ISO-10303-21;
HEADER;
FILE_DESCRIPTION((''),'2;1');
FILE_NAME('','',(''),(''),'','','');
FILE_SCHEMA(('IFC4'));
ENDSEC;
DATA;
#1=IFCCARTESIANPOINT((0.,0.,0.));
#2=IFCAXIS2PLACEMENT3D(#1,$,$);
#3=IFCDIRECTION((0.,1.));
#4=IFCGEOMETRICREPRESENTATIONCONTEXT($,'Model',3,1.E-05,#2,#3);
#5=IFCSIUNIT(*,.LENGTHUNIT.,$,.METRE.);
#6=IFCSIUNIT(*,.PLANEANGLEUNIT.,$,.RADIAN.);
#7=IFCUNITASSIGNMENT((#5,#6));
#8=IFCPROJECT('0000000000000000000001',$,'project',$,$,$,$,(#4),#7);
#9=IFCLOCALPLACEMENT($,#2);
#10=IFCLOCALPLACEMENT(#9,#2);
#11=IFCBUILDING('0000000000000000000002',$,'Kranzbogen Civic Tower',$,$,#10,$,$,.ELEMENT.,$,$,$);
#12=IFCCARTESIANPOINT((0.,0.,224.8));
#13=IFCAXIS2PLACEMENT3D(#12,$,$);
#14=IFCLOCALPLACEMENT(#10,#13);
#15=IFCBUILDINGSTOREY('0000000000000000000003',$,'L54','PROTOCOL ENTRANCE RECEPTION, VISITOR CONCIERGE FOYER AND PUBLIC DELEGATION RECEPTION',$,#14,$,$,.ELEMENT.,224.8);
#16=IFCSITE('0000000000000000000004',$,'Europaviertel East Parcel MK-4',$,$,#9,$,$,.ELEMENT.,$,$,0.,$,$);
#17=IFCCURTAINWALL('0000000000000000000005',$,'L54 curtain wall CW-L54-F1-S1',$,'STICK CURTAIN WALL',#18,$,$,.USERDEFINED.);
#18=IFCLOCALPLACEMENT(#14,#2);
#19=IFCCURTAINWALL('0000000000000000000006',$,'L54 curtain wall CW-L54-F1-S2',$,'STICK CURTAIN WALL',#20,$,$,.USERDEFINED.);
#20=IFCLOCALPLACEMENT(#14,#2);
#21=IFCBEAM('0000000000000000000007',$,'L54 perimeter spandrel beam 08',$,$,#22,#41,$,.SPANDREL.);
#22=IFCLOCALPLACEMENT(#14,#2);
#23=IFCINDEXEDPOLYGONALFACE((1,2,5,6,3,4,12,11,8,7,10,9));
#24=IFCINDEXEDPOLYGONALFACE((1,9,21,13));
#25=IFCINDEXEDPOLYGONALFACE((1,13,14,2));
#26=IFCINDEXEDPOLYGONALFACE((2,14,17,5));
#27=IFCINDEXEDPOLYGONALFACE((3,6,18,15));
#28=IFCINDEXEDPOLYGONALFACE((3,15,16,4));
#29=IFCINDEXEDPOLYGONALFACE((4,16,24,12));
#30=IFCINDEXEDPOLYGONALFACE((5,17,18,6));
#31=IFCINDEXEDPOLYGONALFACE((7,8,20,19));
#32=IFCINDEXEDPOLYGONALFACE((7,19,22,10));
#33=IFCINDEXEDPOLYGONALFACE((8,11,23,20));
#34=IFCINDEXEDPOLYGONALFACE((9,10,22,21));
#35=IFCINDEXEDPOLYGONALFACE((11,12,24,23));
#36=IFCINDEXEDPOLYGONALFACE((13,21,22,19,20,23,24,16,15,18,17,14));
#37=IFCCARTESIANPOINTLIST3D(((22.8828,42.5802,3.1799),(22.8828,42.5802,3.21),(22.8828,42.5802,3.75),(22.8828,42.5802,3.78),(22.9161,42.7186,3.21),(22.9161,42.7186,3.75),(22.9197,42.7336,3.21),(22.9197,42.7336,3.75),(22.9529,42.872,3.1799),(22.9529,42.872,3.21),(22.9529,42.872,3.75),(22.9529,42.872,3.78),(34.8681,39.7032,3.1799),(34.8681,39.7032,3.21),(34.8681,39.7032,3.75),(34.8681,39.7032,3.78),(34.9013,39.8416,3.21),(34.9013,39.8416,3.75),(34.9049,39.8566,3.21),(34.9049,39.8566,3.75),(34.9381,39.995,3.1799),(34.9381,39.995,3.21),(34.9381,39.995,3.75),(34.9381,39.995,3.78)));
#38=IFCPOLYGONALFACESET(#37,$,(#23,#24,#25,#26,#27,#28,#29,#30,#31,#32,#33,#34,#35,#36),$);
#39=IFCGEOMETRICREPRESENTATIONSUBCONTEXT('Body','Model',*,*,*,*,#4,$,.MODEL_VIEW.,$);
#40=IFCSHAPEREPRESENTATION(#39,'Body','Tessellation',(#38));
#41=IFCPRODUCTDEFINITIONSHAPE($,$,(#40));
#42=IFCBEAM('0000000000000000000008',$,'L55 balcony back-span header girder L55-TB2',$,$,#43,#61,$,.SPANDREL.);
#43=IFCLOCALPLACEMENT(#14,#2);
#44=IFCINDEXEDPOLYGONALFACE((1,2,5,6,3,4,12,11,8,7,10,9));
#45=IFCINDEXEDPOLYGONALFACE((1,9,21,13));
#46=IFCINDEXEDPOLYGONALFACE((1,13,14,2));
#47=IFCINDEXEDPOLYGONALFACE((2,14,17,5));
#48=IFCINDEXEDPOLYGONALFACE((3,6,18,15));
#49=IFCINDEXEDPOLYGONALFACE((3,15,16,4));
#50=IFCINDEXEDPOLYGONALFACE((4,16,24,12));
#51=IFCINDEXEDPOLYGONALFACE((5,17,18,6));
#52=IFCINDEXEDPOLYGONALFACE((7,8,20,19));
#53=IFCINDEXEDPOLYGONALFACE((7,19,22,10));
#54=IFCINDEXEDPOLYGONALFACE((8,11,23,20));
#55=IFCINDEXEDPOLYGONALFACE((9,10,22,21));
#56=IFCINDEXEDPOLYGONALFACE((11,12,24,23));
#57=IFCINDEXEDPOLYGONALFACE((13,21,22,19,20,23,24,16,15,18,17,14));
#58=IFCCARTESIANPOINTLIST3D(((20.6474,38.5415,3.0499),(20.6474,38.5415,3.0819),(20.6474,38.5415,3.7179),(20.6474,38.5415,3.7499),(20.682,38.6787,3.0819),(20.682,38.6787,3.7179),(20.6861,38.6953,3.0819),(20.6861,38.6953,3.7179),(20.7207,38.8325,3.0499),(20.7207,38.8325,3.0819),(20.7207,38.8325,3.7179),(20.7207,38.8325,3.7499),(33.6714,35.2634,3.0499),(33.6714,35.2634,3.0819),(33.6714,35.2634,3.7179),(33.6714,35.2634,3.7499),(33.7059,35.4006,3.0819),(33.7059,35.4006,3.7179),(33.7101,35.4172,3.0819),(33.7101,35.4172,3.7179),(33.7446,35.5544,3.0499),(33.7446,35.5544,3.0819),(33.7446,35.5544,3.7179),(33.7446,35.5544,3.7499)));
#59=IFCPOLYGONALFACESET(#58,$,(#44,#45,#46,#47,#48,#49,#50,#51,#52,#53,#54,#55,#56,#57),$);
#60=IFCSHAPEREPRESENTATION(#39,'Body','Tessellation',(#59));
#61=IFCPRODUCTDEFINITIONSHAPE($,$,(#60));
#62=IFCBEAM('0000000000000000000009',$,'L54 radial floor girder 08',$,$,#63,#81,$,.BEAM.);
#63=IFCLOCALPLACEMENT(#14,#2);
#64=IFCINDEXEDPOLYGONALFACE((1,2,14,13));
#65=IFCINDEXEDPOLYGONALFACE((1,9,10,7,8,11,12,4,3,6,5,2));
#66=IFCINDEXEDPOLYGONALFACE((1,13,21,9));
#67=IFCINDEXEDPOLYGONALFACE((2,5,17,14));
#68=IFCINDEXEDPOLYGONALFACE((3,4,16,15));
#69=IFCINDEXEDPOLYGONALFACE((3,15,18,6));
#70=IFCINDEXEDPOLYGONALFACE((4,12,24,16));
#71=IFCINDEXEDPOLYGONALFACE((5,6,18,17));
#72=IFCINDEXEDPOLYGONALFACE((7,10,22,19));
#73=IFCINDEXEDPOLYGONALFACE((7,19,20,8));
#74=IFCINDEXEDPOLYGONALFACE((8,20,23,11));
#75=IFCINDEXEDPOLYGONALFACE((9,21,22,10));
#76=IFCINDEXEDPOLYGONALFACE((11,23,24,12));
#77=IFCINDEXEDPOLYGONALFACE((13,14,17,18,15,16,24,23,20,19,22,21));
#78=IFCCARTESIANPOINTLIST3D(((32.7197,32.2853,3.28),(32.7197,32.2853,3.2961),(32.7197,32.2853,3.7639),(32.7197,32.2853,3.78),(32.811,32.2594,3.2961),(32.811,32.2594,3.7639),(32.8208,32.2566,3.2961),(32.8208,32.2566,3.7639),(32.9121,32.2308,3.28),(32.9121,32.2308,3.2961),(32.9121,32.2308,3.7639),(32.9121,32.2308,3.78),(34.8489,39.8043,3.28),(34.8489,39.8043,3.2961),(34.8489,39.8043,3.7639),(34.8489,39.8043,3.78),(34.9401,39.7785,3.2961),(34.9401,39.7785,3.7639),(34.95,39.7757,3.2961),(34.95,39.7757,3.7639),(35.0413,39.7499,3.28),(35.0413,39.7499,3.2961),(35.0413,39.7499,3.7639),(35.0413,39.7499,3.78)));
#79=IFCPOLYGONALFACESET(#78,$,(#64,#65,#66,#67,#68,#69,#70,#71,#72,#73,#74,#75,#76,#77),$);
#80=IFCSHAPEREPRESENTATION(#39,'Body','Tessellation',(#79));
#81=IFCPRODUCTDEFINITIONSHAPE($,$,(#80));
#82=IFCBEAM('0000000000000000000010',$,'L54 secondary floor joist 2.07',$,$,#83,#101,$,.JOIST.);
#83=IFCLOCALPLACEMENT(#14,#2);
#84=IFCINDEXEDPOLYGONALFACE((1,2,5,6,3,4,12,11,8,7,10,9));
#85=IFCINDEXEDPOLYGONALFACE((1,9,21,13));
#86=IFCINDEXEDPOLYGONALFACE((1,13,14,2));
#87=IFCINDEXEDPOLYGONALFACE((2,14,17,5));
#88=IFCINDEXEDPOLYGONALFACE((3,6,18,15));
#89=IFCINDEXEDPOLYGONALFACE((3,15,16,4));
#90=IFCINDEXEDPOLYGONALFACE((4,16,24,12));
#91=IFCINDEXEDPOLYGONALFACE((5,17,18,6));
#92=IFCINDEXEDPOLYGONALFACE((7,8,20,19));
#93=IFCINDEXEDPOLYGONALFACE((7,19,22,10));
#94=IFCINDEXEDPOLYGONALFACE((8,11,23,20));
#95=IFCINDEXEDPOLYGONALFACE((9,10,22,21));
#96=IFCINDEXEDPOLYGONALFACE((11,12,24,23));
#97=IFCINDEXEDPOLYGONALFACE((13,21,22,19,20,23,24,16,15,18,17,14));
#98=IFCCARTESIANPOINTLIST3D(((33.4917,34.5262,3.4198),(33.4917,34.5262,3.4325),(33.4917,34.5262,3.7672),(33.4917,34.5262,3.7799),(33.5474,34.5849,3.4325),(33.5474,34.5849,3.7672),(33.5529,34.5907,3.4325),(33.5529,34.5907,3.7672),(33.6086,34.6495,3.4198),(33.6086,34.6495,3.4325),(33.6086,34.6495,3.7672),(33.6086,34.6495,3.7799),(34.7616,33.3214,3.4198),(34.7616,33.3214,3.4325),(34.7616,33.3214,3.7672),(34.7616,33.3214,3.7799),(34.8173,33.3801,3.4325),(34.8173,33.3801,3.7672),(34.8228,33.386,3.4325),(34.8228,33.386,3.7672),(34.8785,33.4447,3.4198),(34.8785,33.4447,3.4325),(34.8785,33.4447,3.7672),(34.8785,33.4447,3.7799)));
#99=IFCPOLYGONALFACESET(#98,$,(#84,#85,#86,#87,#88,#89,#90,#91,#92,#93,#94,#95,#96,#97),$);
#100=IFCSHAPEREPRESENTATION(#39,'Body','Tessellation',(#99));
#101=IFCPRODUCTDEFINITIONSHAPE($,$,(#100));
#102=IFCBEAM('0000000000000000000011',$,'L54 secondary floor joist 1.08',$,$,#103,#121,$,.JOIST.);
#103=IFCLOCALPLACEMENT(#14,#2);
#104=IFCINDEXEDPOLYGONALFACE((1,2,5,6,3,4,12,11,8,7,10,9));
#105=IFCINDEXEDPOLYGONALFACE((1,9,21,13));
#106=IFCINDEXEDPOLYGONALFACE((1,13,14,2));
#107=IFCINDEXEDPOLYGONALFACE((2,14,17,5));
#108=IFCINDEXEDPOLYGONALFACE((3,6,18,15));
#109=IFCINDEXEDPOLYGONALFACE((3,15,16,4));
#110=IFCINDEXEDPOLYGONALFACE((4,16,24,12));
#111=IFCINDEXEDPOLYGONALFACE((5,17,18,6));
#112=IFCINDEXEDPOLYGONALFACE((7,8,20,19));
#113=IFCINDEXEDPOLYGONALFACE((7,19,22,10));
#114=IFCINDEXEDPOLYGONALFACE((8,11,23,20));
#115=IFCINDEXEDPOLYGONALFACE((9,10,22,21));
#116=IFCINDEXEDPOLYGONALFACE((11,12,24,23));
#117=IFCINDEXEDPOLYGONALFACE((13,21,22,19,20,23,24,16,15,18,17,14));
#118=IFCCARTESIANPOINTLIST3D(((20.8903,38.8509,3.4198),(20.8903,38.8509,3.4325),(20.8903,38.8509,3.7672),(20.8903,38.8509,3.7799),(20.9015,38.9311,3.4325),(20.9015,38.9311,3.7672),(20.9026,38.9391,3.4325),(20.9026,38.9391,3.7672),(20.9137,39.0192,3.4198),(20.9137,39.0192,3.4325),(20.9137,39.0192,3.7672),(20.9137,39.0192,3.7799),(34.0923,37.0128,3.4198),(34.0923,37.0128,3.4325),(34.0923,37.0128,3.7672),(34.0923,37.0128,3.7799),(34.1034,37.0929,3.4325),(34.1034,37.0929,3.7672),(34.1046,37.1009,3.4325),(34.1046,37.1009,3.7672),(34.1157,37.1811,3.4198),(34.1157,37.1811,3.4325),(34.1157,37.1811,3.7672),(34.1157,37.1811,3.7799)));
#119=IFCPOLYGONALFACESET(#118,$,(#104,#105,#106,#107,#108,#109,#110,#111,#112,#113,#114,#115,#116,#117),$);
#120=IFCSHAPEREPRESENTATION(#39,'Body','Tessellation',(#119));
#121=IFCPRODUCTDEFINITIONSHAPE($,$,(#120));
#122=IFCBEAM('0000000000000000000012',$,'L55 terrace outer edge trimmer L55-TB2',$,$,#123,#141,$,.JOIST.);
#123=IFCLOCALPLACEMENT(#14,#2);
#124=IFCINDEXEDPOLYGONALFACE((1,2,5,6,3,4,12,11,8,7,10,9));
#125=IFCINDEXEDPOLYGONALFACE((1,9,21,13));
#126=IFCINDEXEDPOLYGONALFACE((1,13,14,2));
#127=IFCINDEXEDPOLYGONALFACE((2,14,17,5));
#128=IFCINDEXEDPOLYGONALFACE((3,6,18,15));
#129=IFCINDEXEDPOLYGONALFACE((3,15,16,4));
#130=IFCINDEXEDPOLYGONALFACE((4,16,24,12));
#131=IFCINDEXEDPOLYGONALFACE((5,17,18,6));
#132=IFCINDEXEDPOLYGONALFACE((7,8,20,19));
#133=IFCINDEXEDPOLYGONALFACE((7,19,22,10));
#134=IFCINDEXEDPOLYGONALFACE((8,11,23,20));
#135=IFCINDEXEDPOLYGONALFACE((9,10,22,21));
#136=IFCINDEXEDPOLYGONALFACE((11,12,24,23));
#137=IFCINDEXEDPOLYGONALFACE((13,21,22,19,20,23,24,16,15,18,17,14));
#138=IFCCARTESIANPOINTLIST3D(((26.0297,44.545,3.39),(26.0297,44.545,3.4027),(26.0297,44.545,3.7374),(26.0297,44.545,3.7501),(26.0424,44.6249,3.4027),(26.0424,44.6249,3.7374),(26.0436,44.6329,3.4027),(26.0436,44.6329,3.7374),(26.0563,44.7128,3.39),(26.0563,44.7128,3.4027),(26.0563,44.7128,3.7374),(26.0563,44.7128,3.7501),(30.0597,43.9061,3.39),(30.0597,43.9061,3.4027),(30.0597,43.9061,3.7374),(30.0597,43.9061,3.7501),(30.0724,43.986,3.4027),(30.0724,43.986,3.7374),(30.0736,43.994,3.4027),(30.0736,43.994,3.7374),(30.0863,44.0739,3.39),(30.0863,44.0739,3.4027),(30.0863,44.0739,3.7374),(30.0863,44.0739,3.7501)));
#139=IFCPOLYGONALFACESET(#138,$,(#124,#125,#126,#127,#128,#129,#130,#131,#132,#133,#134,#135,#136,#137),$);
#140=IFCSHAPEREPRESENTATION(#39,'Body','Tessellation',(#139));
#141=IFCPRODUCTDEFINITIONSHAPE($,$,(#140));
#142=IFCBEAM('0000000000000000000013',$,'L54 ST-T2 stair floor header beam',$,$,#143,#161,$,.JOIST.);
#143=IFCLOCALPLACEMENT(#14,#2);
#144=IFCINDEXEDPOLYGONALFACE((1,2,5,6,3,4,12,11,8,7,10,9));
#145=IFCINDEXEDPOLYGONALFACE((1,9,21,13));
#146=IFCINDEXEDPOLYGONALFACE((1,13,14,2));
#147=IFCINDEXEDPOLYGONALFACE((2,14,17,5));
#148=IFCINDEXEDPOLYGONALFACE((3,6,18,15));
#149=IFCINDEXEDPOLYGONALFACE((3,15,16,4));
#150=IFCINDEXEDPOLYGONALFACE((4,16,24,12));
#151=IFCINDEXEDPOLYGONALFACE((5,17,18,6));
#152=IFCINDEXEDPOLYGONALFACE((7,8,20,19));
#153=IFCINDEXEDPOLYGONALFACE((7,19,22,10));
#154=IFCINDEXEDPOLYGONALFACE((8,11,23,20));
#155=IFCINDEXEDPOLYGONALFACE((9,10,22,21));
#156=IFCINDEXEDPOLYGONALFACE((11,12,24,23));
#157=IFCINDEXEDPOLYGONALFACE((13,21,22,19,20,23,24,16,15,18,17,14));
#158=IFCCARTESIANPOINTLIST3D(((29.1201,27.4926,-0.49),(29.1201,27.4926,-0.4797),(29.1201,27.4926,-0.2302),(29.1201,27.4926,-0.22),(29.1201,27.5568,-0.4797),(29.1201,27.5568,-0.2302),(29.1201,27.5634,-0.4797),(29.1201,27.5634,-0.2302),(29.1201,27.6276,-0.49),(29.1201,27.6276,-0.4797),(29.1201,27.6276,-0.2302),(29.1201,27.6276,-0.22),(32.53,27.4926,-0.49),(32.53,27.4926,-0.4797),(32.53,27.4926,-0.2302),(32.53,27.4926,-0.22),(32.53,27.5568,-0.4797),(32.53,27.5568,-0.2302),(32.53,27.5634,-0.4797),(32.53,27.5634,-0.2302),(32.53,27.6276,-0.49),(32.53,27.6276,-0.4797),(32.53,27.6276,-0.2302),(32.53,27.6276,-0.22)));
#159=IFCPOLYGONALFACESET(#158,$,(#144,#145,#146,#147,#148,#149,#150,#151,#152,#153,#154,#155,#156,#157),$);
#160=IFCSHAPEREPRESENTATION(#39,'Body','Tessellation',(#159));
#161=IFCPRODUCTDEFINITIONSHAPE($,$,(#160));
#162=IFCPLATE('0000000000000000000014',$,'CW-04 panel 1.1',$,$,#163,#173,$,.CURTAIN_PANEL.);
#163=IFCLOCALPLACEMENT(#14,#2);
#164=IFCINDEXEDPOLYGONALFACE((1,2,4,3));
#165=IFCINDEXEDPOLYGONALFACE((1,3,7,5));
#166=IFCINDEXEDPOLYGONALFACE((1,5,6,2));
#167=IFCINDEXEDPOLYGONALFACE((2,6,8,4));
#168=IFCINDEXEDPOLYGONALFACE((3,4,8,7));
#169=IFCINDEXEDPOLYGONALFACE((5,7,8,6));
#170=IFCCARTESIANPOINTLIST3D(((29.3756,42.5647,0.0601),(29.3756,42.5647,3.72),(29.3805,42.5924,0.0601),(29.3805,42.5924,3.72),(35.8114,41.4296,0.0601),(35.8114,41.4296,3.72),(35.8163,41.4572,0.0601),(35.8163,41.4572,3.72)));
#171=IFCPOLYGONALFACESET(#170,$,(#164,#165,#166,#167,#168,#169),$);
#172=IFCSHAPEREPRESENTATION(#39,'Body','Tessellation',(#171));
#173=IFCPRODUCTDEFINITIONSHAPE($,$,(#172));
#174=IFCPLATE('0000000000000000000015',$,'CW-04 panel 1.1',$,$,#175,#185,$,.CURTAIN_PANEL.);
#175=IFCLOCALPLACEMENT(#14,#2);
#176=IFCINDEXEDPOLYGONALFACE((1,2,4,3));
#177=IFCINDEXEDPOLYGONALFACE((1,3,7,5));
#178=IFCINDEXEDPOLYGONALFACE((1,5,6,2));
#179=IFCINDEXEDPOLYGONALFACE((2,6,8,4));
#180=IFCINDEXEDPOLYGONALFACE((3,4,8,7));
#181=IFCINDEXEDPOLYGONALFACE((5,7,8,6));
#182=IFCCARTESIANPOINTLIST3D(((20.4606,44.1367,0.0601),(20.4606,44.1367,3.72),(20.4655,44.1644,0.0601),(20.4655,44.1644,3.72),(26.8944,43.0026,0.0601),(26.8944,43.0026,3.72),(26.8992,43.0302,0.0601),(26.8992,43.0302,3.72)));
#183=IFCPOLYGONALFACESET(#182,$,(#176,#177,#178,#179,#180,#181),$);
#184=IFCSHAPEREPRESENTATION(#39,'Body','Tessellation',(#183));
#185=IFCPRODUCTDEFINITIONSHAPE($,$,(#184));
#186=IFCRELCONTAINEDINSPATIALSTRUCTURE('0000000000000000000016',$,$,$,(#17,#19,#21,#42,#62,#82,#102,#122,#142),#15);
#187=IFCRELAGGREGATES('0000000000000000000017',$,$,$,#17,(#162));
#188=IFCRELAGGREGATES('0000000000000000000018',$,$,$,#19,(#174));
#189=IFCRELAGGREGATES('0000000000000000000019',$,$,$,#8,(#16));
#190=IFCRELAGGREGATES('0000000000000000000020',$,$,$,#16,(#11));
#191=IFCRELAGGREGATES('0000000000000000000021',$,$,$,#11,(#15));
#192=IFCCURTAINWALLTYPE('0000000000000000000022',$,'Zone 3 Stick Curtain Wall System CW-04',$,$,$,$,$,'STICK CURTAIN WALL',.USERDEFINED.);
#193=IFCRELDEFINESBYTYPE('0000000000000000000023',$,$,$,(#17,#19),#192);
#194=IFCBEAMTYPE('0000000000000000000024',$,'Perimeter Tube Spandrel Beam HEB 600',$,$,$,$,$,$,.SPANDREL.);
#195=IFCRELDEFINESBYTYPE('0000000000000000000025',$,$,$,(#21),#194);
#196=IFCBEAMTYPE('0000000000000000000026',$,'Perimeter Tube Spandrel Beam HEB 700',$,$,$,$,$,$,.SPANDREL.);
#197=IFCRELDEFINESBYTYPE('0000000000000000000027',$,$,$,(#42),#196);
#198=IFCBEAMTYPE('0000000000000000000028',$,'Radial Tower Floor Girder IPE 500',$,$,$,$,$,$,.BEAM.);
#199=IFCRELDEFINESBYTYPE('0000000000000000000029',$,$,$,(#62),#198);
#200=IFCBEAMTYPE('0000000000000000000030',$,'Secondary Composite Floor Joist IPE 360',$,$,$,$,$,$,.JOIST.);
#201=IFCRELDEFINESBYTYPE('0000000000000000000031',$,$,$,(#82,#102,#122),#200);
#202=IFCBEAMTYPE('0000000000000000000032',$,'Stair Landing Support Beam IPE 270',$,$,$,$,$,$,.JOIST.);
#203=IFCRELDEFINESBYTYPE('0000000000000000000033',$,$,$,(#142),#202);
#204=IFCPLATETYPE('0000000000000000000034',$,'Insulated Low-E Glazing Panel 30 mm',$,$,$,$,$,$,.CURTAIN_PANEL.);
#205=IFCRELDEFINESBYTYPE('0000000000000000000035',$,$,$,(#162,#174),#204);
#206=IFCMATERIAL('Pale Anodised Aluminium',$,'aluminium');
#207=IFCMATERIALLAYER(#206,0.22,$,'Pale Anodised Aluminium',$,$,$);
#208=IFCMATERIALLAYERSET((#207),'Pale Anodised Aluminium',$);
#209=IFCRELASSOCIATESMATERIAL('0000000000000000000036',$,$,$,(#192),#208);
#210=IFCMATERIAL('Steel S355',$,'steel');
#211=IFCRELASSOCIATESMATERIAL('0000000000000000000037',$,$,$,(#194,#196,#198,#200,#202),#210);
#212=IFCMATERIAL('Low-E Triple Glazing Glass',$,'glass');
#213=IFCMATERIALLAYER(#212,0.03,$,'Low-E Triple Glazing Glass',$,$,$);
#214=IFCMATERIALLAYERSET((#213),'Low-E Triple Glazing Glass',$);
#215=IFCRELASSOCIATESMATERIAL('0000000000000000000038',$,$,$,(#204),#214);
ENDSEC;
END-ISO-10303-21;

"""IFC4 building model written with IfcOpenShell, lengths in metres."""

from ifc_helpers import new_model, si_unit, direction, frame, origin, origin_2d, place, context, subcontext, project, spatial, rectangle, i_section, extrude, material, layer, layer_set, material_profile, profile_set, type_object, element, aggregate, save


model = new_model("IFC4")

# Units and contexts
model_context = context("Model", 3, precision=1e-05, world=origin(), true_north=direction((0.0, 1.0)))
body_context = subcontext(model_context, "Body", "Model", "MODEL_VIEW")
ifc_project = project(units=[si_unit("LENGTHUNIT", "METRE"), si_unit("PLANEANGLEUNIT", "RADIAN")], contexts=[model_context])

# Site, building, storey
site_placement = place(None, origin())
site = spatial("IfcSite", under=ifc_project, at=site_placement, Name="Europaviertel East Parcel MK-4", CompositionType="ELEMENT", RefElevation=0.0)
building_placement = place(site_placement, origin())
building = spatial("IfcBuilding", under=site, at=building_placement, Name="Kranzbogen Civic Tower", CompositionType="ELEMENT")
storey_placement = place(building_placement, frame((0.0, 0.0, 224.8)))
storey = spatial("IfcBuildingStorey", under=building, at=storey_placement, Name="L54", Description="PROTOCOL ENTRANCE RECEPTION, VISITOR CONCIERGE FOYER AND PUBLIC DELEGATION RECEPTION", CompositionType="ELEMENT", Elevation=224.8)

# Shared definitions
ifc_material_1 = material(Name="Steel S355", Category="steel")

# Curtain wall
ifc_material_2 = material(Name="Pale Anodised Aluminium", Category="aluminium")
ifc_layer_1 = layer(ifc_material_2, 0.22, Name="Pale Anodised Aluminium")
ifc_layer_set_1 = layer_set([ifc_layer_1], Name="Pale Anodised Aluminium")
curtain_wall_type = type_object("IfcCurtainWallType", Name="Zone 3 Stick Curtain Wall System CW-04", ElementType="STICK CURTAIN WALL", PredefinedType="USERDEFINED", material=ifc_layer_set_1)
curtain_wall_1_placement = place(storey_placement, origin())
curtain_wall_1 = element("IfcCurtainWall", 1, at=curtain_wall_1_placement, inside=storey, type_object=curtain_wall_type, Name="L54 curtain wall CW-L54-F1-S1", ObjectType="STICK CURTAIN WALL", PredefinedType="USERDEFINED")

# Curtain wall
curtain_wall_2_placement = place(storey_placement, origin())
curtain_wall_2 = element("IfcCurtainWall", 2, at=curtain_wall_2_placement, inside=storey, type_object=curtain_wall_type, Name="L54 curtain wall CW-L54-F1-S2", ObjectType="STICK CURTAIN WALL", PredefinedType="USERDEFINED")

# Beams
ifc_material_profile_1 = material_profile(ifc_material_1, i_section(OverallWidth=0.3, OverallDepth=0.6001, WebThickness=0.0154, FlangeThickness=0.03, at=origin_2d()), Name="HEB 600")
ifc_profile_set_1 = profile_set([ifc_material_profile_1], Name="Steel S355")
beam_type_1 = type_object("IfcBeamType", Name="Perimeter Tube Spandrel Beam HEB 600", PredefinedType="SPANDREL", material=ifc_profile_set_1)
beam_1_placement = place(storey_placement, frame((34.9031, 39.8491, 3.48), z_axis=(-0.972378, 0.233413, 0.0), x_axis=(-0.233413, -0.972378, 0.0)))
element("IfcBeam", 3, at=beam_1_placement, inside=storey, type_object=beam_type_1, Name="L54 perimeter spandrel beam 08", PredefinedType="SPANDREL", context=body_context, shape_type="SweptSolid", body=[
    extrude(i_section(OverallWidth=0.3, OverallDepth=0.6001, WebThickness=0.0154, FlangeThickness=0.03, at=origin_2d()), origin(), (0.0, 0.0, 1.0), 12.3257),
])
ifc_material_profile_2 = material_profile(ifc_material_1, i_section(OverallWidth=0.3, OverallDepth=0.7, WebThickness=0.0171, FlangeThickness=0.032, at=origin_2d()), Name="HEB 700")
ifc_profile_set_2 = profile_set([ifc_material_profile_2], Name="Steel S355")
beam_type_2 = type_object("IfcBeamType", Name="Perimeter Tube Spandrel Beam HEB 700", PredefinedType="SPANDREL", material=ifc_profile_set_2)
beam_2_placement = place(storey_placement, frame((33.708, 35.4089, 3.3999), z_axis=(-0.969754, 0.244084, 0.0), x_axis=(-0.244084, -0.969754, 0.0)))
element("IfcBeam", 4, at=beam_2_placement, inside=storey, type_object=beam_type_2, Name="L55 balcony back-span header girder L55-TB2", PredefinedType="SPANDREL", context=body_context, shape_type="SweptSolid", body=[
    extrude(i_section(OverallWidth=0.3, OverallDepth=0.7, WebThickness=0.0171, FlangeThickness=0.032, at=origin_2d()), origin(), (0.0, 0.0, 1.0), 13.4302),
])
ifc_material_profile_3 = material_profile(ifc_material_1, i_section(OverallWidth=0.2, OverallDepth=0.5, WebThickness=0.0103, FlangeThickness=0.0161, at=origin_2d()), Name="IPE 500")
ifc_profile_set_3 = profile_set([ifc_material_profile_3], Name="Steel S355")
beam_type_3 = type_object("IfcBeamType", Name="Radial Tower Floor Girder IPE 500", PredefinedType="BEAM", material=ifc_profile_set_3)
beam_3_placement = place(storey_placement, frame((34.9451, 39.7771, 3.53), z_axis=(-0.272455, -0.962169, 0.0), x_axis=(0.962169, -0.272455, 0.0)))
element("IfcBeam", 5, at=beam_3_placement, inside=storey, type_object=beam_type_3, Name="L54 radial floor girder 08", PredefinedType="BEAM", context=body_context, shape_type="SweptSolid", body=[
    extrude(i_section(OverallWidth=0.2, OverallDepth=0.5, WebThickness=0.0103, FlangeThickness=0.0161, at=origin_2d()), origin(), (0.0, 0.0, 1.0), 7.8147),
])
ifc_material_profile_4 = material_profile(ifc_material_1, i_section(OverallWidth=0.1699, OverallDepth=0.3601, WebThickness=0.0081, FlangeThickness=0.0127, at=origin_2d()), Name="IPE 360")
ifc_profile_set_4 = profile_set([ifc_material_profile_4], Name="Steel S355")
beam_type_4 = type_object("IfcBeamType", Name="Secondary Composite Floor Joist IPE 360", PredefinedType="JOIST", material=ifc_profile_set_4)
beam_4_placement = place(storey_placement, frame((34.8201, 33.3831, 3.5999), z_axis=(-0.72548, 0.688243, 0.0), x_axis=(-0.688243, -0.72548, 0.0)))
element("IfcBeam", 6, at=beam_4_placement, inside=storey, type_object=beam_type_4, Name="L54 secondary floor joist 2.07", PredefinedType="JOIST", context=body_context, shape_type="SweptSolid", body=[
    extrude(i_section(OverallWidth=0.1699, OverallDepth=0.3601, WebThickness=0.0081, FlangeThickness=0.0127, at=origin_2d()), origin(), (0.0, 0.0, 1.0), 1.7505),
])
beam_5_placement = place(storey_placement, frame((34.104, 37.0969, 3.5999), z_axis=(-0.990446, 0.137902, 0.0), x_axis=(-0.137902, -0.990446, 0.0)))
element("IfcBeam", 7, at=beam_5_placement, inside=storey, type_object=beam_type_4, Name="L54 secondary floor joist 1.08", PredefinedType="JOIST", context=body_context, shape_type="SweptSolid", body=[
    extrude(i_section(OverallWidth=0.1699, OverallDepth=0.3601, WebThickness=0.0081, FlangeThickness=0.0127, at=origin_2d()), origin(), (0.0, 0.0, 1.0), 13.3293),
])
beam_6_placement = place(storey_placement, frame((30.073, 43.99, 3.5701), z_axis=(-0.987665, 0.156583, 0.0), x_axis=(-0.156583, -0.987665, 0.0)))
element("IfcBeam", 8, at=beam_6_placement, inside=storey, type_object=beam_type_4, Name="L55 terrace outer edge trimmer L55-TB2", PredefinedType="JOIST", context=body_context, shape_type="SweptSolid", body=[
    extrude(i_section(OverallWidth=0.1699, OverallDepth=0.3601, WebThickness=0.0081, FlangeThickness=0.0127, at=origin_2d()), origin(), (0.0, 0.0, 1.0), 4.0803),
])
ifc_material_profile_5 = material_profile(ifc_material_1, i_section(OverallWidth=0.135, OverallDepth=0.27, WebThickness=0.0066, FlangeThickness=0.0103, at=origin_2d()), Name="IPE 270")
ifc_profile_set_5 = profile_set([ifc_material_profile_5], Name="Steel S355")
beam_type_5 = type_object("IfcBeamType", Name="Stair Landing Support Beam IPE 270", PredefinedType="JOIST", material=ifc_profile_set_5)
beam_7_placement = place(storey_placement, frame((29.1201, 27.5601, -0.355), z_axis=(1.0, 0.0, 0.0), x_axis=(0.0, 1.0, 0.0)))
element("IfcBeam", 9, at=beam_7_placement, inside=storey, type_object=beam_type_5, Name="L54 ST-T2 stair floor header beam", PredefinedType="JOIST", context=body_context, shape_type="SweptSolid", body=[
    extrude(i_section(OverallWidth=0.135, OverallDepth=0.27, WebThickness=0.0066, FlangeThickness=0.0103, at=origin_2d()), origin(), (0.0, 0.0, 1.0), 3.4099),
])

# Plates
ifc_material_3 = material(Name="Low-E Triple Glazing Glass", Category="glass")
ifc_layer_2 = layer(ifc_material_3, 0.03, Name="Low-E Triple Glazing Glass")
ifc_layer_set_2 = layer_set([ifc_layer_2], Name="Low-E Triple Glazing Glass")
plate_type = type_object("IfcPlateType", Name="Insulated Low-E Glazing Panel 30 mm", PredefinedType="CURTAIN_PANEL", material=ifc_layer_set_2)
plate_1_placement = place(storey_placement, frame((32.5959, 42.011, 0.0601), z_axis=(0.0, 0.0, 1.0), x_axis=(-0.984799, 0.1737, 0.0)))
plate_1 = element("IfcPlate", 10, at=plate_1_placement, type_object=plate_type, Name="CW-04 panel 1.1", PredefinedType="CURTAIN_PANEL", context=body_context, shape_type="SweptSolid", body=[
    extrude(rectangle(XDim=6.5352, YDim=0.0281, at=origin_2d()), origin(), (0.0, 0.0, 1.0), 3.6599),
])
aggregate(curtain_wall_1, [plate_1])
plate_2_placement = place(storey_placement, frame((23.6799, 43.5835, 0.0601), z_axis=(0.0, 0.0, 1.0), x_axis=(-0.984815, 0.173605, 0.0)))
plate_2 = element("IfcPlate", 11, at=plate_2_placement, type_object=plate_type, Name="CW-04 panel 1.1", PredefinedType="CURTAIN_PANEL", context=body_context, shape_type="SweptSolid", body=[
    extrude(rectangle(XDim=6.533, YDim=0.0281, at=origin_2d()), origin(), (0.0, 0.0, 1.0), 3.6599),
])
aggregate(curtain_wall_2, [plate_2])

save(model, "model.ifc")
